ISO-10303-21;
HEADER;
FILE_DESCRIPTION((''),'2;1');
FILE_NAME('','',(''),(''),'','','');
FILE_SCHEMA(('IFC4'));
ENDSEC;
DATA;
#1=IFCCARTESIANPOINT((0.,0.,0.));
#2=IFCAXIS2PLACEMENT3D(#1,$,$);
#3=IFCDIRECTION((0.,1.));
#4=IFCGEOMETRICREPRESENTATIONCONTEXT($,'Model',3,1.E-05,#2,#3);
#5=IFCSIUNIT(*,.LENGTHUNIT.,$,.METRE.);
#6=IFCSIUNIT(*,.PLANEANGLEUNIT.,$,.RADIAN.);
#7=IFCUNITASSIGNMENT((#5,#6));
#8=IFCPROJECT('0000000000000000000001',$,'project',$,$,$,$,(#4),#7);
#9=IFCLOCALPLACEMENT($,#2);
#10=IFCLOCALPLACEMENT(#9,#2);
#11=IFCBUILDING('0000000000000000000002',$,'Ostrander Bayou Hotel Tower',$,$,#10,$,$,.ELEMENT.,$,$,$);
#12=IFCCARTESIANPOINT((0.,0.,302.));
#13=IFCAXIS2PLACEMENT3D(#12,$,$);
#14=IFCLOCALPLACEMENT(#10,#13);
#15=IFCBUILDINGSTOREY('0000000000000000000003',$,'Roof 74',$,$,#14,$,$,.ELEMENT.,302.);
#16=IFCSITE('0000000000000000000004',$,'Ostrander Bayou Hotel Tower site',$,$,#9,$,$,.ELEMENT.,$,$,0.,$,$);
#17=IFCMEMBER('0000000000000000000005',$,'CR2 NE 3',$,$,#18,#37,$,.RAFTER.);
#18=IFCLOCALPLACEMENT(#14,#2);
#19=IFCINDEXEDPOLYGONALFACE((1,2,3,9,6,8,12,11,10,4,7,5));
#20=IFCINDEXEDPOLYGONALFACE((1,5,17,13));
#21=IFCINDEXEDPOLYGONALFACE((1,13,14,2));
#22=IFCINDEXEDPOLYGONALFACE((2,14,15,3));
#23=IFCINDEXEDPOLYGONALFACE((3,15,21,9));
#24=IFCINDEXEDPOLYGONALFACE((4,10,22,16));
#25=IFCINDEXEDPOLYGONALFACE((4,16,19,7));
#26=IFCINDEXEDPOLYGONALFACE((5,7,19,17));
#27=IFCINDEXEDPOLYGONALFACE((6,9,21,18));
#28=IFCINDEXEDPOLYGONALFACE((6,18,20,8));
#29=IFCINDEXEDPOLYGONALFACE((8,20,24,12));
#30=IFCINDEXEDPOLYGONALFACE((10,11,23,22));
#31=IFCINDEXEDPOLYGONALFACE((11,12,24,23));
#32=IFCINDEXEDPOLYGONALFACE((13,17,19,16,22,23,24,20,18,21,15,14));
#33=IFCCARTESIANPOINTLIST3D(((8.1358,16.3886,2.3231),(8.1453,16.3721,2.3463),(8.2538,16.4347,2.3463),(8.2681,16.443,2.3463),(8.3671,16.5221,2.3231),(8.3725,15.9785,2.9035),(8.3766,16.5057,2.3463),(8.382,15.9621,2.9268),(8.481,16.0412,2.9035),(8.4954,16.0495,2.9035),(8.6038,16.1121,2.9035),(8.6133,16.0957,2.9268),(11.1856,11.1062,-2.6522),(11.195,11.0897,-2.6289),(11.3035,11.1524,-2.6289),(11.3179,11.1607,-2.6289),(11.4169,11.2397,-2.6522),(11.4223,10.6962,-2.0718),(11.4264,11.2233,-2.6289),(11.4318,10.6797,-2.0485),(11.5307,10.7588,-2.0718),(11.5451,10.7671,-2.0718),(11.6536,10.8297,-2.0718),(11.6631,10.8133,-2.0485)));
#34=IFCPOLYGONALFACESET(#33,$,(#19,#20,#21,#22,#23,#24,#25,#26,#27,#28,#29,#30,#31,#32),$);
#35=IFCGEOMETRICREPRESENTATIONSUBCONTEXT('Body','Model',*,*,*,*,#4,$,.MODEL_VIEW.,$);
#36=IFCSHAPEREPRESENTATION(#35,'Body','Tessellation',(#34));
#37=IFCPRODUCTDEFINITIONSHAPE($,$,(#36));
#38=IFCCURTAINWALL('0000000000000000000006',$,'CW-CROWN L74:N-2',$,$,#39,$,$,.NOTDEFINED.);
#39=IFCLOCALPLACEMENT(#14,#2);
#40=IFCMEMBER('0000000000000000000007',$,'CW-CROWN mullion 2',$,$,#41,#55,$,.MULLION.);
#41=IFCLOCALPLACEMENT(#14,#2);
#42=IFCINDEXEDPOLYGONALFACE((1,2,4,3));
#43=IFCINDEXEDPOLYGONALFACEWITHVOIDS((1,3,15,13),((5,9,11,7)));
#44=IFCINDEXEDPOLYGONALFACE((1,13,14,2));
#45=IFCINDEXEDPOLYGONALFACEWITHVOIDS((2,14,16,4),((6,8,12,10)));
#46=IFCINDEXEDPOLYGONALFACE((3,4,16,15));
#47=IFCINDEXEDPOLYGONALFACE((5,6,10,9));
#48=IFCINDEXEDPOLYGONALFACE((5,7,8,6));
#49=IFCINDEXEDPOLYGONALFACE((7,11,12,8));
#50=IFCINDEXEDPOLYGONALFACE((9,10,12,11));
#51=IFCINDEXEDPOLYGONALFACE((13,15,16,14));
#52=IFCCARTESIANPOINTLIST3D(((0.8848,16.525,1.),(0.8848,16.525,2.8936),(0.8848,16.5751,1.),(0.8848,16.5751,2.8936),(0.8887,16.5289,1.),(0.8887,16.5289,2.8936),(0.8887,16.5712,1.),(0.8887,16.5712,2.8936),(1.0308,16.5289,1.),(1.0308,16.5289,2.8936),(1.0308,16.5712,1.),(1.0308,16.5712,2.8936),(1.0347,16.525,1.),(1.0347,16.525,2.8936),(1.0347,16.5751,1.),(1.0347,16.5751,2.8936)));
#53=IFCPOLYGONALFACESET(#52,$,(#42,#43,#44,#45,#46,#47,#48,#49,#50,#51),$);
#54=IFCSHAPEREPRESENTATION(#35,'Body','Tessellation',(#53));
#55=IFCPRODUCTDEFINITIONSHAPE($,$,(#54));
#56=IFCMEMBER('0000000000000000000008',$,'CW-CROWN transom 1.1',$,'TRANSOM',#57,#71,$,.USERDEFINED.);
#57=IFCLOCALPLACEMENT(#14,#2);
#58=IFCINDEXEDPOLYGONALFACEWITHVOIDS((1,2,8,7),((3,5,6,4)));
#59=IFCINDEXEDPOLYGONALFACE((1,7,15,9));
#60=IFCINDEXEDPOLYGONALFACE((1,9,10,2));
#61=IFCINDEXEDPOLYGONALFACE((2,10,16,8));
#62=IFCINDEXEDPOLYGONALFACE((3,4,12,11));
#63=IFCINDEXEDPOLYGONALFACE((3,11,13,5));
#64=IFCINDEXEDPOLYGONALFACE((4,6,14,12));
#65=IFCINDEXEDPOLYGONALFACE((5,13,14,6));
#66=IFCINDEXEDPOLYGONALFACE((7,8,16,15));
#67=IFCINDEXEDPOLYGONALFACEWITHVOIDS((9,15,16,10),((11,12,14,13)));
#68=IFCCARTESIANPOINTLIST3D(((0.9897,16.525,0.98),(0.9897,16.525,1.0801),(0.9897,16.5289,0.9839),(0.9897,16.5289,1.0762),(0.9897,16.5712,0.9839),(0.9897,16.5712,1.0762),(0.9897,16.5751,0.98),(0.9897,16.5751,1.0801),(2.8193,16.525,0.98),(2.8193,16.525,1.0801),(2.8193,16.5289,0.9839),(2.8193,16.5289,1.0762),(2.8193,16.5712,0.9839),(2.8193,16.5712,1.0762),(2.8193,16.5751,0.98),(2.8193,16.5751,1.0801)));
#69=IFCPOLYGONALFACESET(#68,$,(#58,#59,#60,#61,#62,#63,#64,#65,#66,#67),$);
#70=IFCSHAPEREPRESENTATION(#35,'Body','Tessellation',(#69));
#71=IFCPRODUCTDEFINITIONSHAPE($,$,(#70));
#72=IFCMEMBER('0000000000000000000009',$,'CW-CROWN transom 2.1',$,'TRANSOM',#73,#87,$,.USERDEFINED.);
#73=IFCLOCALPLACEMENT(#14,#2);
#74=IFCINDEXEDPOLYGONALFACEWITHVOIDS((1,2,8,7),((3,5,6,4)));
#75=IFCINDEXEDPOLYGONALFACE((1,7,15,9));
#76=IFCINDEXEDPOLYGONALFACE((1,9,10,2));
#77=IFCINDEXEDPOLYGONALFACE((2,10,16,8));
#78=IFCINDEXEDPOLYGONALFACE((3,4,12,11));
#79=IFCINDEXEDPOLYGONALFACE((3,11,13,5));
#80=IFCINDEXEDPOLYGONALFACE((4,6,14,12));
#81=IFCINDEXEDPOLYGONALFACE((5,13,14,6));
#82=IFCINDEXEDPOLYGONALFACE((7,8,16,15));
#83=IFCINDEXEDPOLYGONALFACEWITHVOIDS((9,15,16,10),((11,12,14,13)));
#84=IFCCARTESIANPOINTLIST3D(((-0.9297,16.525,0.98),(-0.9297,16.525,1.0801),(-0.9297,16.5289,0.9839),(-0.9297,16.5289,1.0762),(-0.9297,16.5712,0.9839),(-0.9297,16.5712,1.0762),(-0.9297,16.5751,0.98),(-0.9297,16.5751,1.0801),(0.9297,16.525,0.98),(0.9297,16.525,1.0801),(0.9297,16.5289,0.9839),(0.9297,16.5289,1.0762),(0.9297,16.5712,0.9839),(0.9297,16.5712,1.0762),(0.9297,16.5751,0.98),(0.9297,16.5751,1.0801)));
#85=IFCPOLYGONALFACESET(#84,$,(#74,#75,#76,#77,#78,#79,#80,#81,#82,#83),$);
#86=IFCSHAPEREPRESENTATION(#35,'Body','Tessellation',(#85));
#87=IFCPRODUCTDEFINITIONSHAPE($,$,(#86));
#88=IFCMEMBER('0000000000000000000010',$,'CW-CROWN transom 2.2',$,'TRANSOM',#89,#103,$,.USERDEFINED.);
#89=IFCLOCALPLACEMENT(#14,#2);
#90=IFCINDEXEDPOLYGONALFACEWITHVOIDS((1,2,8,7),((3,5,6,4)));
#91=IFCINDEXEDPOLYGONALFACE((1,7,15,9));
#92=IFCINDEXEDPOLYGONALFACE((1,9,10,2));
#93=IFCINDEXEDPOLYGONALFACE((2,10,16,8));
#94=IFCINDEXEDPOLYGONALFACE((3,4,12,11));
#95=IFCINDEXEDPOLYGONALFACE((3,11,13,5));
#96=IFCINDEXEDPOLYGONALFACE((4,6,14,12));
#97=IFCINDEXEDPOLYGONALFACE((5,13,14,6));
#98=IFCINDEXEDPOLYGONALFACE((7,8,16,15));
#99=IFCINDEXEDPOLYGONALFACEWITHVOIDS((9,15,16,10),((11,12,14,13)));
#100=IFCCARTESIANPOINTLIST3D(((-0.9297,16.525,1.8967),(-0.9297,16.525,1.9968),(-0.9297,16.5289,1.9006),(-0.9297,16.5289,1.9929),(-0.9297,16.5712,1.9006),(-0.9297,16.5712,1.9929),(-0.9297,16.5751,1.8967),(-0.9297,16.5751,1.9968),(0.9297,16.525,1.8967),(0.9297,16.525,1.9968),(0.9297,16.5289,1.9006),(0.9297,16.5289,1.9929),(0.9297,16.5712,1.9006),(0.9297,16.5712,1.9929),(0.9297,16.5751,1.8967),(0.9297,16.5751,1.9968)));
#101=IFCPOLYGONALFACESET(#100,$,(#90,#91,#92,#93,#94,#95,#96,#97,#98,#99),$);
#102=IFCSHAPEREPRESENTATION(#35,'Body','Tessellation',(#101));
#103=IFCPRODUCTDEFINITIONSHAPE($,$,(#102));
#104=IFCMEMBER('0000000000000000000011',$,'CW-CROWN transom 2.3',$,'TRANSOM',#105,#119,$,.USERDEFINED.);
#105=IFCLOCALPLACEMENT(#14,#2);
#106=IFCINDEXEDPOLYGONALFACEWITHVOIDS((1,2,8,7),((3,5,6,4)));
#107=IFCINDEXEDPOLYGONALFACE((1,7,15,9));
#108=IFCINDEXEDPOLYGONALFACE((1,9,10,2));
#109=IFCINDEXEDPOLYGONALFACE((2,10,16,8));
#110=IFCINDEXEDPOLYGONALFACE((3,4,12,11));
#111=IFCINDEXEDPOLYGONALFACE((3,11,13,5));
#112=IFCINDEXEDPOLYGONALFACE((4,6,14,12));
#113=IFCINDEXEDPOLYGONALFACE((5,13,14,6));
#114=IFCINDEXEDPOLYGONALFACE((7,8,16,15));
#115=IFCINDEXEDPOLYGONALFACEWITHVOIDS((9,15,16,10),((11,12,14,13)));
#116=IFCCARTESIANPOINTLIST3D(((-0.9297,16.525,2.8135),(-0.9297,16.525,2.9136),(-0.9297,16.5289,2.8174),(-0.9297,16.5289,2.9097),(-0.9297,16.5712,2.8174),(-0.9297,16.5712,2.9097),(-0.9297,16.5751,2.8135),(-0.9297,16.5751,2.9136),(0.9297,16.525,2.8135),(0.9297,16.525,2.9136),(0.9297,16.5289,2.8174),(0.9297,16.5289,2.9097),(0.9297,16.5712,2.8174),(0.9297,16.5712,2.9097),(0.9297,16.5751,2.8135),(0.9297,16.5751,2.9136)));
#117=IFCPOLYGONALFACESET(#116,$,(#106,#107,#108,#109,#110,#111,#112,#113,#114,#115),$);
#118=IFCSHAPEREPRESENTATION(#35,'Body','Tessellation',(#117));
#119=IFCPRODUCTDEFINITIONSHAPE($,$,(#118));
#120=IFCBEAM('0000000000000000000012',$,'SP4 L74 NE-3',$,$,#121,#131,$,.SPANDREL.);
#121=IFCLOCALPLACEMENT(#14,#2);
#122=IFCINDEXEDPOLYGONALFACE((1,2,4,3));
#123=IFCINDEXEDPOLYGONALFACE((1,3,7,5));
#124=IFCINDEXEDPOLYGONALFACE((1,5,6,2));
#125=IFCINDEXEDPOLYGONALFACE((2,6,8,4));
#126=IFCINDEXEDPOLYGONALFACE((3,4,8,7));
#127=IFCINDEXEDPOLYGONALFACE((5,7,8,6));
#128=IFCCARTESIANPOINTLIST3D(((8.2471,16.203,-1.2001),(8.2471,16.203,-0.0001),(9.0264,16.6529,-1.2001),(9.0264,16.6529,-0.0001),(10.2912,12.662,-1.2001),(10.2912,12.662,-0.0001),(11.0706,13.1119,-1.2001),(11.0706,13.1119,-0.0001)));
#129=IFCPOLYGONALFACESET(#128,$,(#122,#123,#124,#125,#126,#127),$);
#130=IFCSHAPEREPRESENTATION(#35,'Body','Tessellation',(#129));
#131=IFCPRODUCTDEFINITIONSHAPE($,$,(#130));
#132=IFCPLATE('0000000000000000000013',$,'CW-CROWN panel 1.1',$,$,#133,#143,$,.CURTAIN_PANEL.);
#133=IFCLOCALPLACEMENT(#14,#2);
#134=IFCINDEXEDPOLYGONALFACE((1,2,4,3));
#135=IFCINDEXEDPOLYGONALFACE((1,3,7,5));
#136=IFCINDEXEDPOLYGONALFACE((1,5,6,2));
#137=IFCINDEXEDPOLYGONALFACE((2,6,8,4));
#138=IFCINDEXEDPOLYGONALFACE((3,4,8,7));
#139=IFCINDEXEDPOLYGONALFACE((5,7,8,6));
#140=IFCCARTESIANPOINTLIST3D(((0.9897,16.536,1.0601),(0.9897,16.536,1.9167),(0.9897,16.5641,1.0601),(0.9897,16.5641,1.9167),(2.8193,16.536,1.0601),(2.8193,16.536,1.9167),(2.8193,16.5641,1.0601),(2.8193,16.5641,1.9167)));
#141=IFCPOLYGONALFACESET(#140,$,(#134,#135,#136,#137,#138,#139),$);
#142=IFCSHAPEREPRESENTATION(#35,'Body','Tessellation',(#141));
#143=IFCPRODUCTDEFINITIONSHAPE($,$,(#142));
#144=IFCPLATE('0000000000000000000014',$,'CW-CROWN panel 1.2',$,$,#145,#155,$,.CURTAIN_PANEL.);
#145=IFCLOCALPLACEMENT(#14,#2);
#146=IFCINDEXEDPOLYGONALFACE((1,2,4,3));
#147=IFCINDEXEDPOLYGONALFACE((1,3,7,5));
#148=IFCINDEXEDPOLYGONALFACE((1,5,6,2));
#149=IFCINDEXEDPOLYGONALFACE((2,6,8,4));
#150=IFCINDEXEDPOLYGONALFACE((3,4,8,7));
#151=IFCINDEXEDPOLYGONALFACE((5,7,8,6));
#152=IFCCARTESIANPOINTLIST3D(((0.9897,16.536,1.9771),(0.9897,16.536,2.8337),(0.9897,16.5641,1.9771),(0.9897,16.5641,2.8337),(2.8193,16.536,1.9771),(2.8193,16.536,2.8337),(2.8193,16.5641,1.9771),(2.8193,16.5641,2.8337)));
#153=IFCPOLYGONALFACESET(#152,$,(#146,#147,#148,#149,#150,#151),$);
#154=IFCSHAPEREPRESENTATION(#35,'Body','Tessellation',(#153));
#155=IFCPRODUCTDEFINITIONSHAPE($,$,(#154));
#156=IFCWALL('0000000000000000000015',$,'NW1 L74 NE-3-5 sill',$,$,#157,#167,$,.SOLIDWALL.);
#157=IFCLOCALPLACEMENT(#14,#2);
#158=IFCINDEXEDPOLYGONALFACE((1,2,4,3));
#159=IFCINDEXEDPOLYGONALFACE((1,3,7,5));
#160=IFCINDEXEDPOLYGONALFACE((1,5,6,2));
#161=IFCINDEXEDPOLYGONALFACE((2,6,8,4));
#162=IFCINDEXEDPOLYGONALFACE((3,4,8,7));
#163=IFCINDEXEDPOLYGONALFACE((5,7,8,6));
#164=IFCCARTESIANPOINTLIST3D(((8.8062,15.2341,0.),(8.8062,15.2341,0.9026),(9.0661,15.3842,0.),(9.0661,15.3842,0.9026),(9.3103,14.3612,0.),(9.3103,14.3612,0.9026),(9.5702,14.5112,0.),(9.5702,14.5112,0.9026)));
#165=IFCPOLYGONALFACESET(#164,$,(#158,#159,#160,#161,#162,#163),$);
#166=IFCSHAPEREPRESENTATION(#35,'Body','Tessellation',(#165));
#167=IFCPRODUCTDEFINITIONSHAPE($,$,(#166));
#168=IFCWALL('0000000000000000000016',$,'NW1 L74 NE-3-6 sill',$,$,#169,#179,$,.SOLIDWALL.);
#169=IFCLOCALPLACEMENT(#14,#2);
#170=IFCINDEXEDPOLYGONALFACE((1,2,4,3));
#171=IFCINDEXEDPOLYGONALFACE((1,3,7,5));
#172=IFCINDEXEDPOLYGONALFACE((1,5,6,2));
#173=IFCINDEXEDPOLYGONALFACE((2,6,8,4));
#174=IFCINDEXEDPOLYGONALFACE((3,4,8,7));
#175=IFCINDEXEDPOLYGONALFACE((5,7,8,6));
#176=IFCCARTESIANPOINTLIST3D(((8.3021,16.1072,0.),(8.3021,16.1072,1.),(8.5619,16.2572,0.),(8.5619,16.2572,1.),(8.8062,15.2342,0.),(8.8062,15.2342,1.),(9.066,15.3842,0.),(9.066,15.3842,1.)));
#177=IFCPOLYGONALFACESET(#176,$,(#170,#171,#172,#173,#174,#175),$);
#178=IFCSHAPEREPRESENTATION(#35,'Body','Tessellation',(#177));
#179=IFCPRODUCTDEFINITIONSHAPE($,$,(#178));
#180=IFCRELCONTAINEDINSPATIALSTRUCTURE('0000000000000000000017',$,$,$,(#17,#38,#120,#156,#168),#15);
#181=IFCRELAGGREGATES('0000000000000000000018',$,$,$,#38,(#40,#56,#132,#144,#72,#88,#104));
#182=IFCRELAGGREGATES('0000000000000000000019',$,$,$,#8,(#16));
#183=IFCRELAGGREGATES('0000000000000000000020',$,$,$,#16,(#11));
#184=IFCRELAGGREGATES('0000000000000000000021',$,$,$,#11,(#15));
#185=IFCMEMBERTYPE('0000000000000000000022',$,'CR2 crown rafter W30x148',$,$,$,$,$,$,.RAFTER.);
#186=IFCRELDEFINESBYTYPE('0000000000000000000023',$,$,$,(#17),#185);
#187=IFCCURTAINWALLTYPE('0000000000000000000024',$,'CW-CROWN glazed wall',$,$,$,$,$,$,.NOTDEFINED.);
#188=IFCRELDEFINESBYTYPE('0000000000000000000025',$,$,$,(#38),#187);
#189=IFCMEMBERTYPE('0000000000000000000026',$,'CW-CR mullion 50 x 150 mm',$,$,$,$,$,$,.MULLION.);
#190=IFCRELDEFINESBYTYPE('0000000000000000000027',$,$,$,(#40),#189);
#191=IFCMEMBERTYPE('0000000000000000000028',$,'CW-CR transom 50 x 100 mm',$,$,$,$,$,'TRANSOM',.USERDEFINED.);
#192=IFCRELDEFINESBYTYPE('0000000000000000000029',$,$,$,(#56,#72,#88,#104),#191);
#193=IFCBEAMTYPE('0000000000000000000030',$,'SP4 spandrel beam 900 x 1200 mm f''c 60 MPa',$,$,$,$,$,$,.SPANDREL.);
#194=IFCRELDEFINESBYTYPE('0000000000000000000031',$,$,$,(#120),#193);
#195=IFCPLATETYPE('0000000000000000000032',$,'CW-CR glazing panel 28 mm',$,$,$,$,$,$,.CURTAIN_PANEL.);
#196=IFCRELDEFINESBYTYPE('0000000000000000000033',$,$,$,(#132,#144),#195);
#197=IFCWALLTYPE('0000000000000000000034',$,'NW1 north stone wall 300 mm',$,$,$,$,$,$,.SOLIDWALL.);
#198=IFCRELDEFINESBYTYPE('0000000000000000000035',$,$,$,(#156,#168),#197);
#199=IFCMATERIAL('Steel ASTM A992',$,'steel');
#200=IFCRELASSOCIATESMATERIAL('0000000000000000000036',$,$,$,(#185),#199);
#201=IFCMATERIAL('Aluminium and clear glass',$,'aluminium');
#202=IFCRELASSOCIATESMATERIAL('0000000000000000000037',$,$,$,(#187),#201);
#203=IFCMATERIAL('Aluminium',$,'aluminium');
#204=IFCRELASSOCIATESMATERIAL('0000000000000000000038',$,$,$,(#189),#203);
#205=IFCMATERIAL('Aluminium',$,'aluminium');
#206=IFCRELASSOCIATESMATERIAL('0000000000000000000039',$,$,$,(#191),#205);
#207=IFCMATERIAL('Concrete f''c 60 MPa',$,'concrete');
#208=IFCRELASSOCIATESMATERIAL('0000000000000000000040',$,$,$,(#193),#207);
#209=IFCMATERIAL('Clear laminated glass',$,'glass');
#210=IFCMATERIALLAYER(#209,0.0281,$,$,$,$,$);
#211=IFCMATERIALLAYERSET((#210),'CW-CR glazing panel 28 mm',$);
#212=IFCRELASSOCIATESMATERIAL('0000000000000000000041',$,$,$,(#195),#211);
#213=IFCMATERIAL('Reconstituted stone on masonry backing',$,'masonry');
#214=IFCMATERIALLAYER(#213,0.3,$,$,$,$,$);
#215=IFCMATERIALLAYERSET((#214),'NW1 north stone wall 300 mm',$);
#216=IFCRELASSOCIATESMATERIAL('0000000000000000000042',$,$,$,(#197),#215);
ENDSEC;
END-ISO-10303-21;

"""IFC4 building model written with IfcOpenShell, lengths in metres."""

from ifc_helpers import new_model, si_unit, direction, frame, frame_2d, origin, origin_2d, place, context, subcontext, project, spatial, rectangle, hollow_rectangle, i_section, extrude, material, layer, layer_set, material_profile, profile_set, type_object, element, aggregate, save


model = new_model("IFC4")

# Units and contexts
model_context = context("Model", 3, precision=1e-05, world=origin(), true_north=direction((0.0, 1.0)))
body_context = subcontext(model_context, "Body", "Model", "MODEL_VIEW")
ifc_project = project(units=[si_unit("LENGTHUNIT", "METRE"), si_unit("PLANEANGLEUNIT", "RADIAN")], contexts=[model_context])

# Site, building, storey
site_placement = place(None, origin())
site = spatial("IfcSite", under=ifc_project, at=site_placement, Name="Ostrander Bayou Hotel Tower site", CompositionType="ELEMENT", RefElevation=0.0)
building_placement = place(site_placement, origin())
building = spatial("IfcBuilding", under=site, at=building_placement, Name="Ostrander Bayou Hotel Tower", CompositionType="ELEMENT")
storey_placement = place(building_placement, frame((0.0, 0.0, 302.0)))
storey = spatial("IfcBuildingStorey", under=building, at=storey_placement, Name="Roof 74", CompositionType="ELEMENT", Elevation=302.0)

# Member
ifc_material_1 = material(Name="Steel ASTM A992", Category="steel")
ifc_material_profile_1 = material_profile(ifc_material_1, i_section(OverallWidth=0.2671, OverallDepth=0.7791, WebThickness=0.0166, FlangeThickness=0.03, at=origin_2d()))
ifc_profile_set_1 = profile_set([ifc_material_profile_1], Name="Steel ASTM A992")
member_type_1 = type_object("IfcMemberType", Name="CR2 crown rafter W30x148", PredefinedType="RAFTER", material=ifc_profile_set_1)
member_1_placement = place(storey_placement, frame((11.4243, 10.9597, -2.3503), z_axis=(-0.387451, 0.671092, 0.632074), x_axis=(-0.866028, -0.499996, 0.0)))
element("IfcMember", 1, at=member_1_placement, inside=storey, type_object=member_type_1, Name="CR2 NE 3", PredefinedType="RAFTER", context=body_context, shape_type="SweptSolid", body=[
    extrude(i_section(OverallWidth=0.2671, OverallDepth=0.7791, WebThickness=0.0166, FlangeThickness=0.03, at=origin_2d()), origin(), (0.0, 0.0, 1.0), 7.8713),
])

# Curtain wall, members
ifc_material_2 = material(Name="Aluminium and clear glass", Category="aluminium")
curtain_wall_type = type_object("IfcCurtainWallType", Name="CW-CROWN glazed wall", PredefinedType="NOTDEFINED", material=ifc_material_2)
curtain_wall_placement = place(storey_placement, origin())
curtain_wall = element("IfcCurtainWall", 2, at=curtain_wall_placement, inside=storey, type_object=curtain_wall_type, Name="CW-CROWN L74:N-2", PredefinedType="NOTDEFINED")
ifc_material_3 = material(Name="Aluminium", Category="aluminium")
ifc_material_profile_2 = material_profile(ifc_material_3, hollow_rectangle(XDim=0.05, YDim=0.1499, WallThickness=0.0039, at=origin_2d()))
ifc_profile_set_2 = profile_set([ifc_material_profile_2], Name="Aluminium")
member_type_2 = type_object("IfcMemberType", Name="CW-CR mullion 50 x 150 mm", PredefinedType="MULLION", material=ifc_profile_set_2)
member_2_placement = place(storey_placement, frame((0.9597, 16.55, 1.0), z_axis=(0.0, 0.0, 1.0), x_axis=(0.0, -1.0, 0.0)))
member_2 = element("IfcMember", 3, at=member_2_placement, type_object=member_type_2, Name="CW-CROWN mullion 2", PredefinedType="MULLION", context=body_context, shape_type="SweptSolid", body=[
    extrude(hollow_rectangle(XDim=0.05, YDim=0.1499, WallThickness=0.0039, at=origin_2d()), origin(), (0.0, 0.0, 1.0), 1.8936),
])
ifc_material_4 = material(Name="Aluminium", Category="aluminium")
ifc_material_profile_3 = material_profile(ifc_material_4, hollow_rectangle(XDim=0.05, YDim=0.1001, WallThickness=0.0039, at=origin_2d()))
ifc_profile_set_3 = profile_set([ifc_material_profile_3], Name="Aluminium")
member_type_3 = type_object("IfcMemberType", Name="CW-CR transom 50 x 100 mm", ElementType="TRANSOM", PredefinedType="USERDEFINED", material=ifc_profile_set_3)
member_3_placement = place(storey_placement, frame((2.8193, 16.55, 1.03), z_axis=(-1.0, 0.0, 0.0), x_axis=(0.0, -1.0, 0.0)))
member_3 = element("IfcMember", 4, at=member_3_placement, type_object=member_type_3, Name="CW-CROWN transom 1.1", ObjectType="TRANSOM", PredefinedType="USERDEFINED", context=body_context, shape_type="SweptSolid", body=[
    extrude(hollow_rectangle(XDim=0.05, YDim=0.1001, WallThickness=0.0039, at=origin_2d()), origin(), (0.0, 0.0, 1.0), 1.8296),
])
member_4_placement = place(storey_placement, frame((0.9297, 16.55, 1.03), z_axis=(-1.0, 0.0, 0.0), x_axis=(0.0, -1.0, 0.0)))
member_4 = element("IfcMember", 5, at=member_4_placement, type_object=member_type_3, Name="CW-CROWN transom 2.1", ObjectType="TRANSOM", PredefinedType="USERDEFINED", context=body_context, shape_type="SweptSolid", body=[
    extrude(hollow_rectangle(XDim=0.05, YDim=0.1001, WallThickness=0.0039, at=origin_2d()), origin(), (0.0, 0.0, 1.0), 1.8594),
])
member_5_placement = place(storey_placement, frame((0.9297, 16.55, 1.9468), z_axis=(-1.0, 0.0, 0.0), x_axis=(0.0, -1.0, 0.0)))
member_5 = element("IfcMember", 6, at=member_5_placement, type_object=member_type_3, Name="CW-CROWN transom 2.2", ObjectType="TRANSOM", PredefinedType="USERDEFINED", context=body_context, shape_type="SweptSolid", body=[
    extrude(hollow_rectangle(XDim=0.05, YDim=0.1001, WallThickness=0.0039, at=origin_2d()), origin(), (0.0, 0.0, 1.0), 1.8594),
])
member_6_placement = place(storey_placement, frame((0.9297, 16.55, 2.8635), z_axis=(-1.0, 0.0, 0.0), x_axis=(0.0, -1.0, 0.0)))
member_6 = element("IfcMember", 7, at=member_6_placement, type_object=member_type_3, Name="CW-CROWN transom 2.3", ObjectType="TRANSOM", PredefinedType="USERDEFINED", context=body_context, shape_type="SweptSolid", body=[
    extrude(hollow_rectangle(XDim=0.05, YDim=0.1001, WallThickness=0.0039, at=origin_2d()), origin(), (0.0, 0.0, 1.0), 1.8594),
])

# Beam
ifc_material_5 = material(Name="Concrete f'c 60 MPa", Category="concrete")
ifc_material_profile_4 = material_profile(ifc_material_5, rectangle(XDim=0.8999, YDim=1.2, at=origin_2d()))
ifc_profile_set_4 = profile_set([ifc_material_profile_4], Name="Concrete f'c 60 MPa")
beam_type = type_object("IfcBeamType", Name="SP4 spandrel beam 900 x 1200 mm f'c 60 MPa", PredefinedType="SPANDREL", material=ifc_profile_set_4)
beam_placement = place(storey_placement, frame((10.6809, 12.887, -0.6001), z_axis=(-0.49996, 0.866048, 0.0), x_axis=(-0.866048, -0.49996, 0.0)))
element("IfcBeam", 8, at=beam_placement, inside=storey, type_object=beam_type, Name="SP4 L74 NE-3", PredefinedType="SPANDREL", context=body_context, shape_type="SweptSolid", body=[
    extrude(rectangle(XDim=0.8999, YDim=1.2, at=origin_2d()), origin(), (0.0, 0.0, 1.0), 4.0886),
])

# Plates
ifc_material_6 = material(Name="Clear laminated glass", Category="glass")
ifc_layer_1 = layer(ifc_material_6, 0.0281)
ifc_layer_set_1 = layer_set([ifc_layer_1], Name="CW-CR glazing panel 28 mm")
plate_type = type_object("IfcPlateType", Name="CW-CR glazing panel 28 mm", PredefinedType="CURTAIN_PANEL", material=ifc_layer_set_1)
plate_1_placement = place(storey_placement, frame((1.9045, 16.55, 1.0601), z_axis=(0.0, 0.0, 1.0), x_axis=(-1.0, 0.0, 0.0)))
plate_1 = element("IfcPlate", 9, at=plate_1_placement, type_object=plate_type, Name="CW-CROWN panel 1.1", PredefinedType="CURTAIN_PANEL", context=body_context, shape_type="SweptSolid", body=[
    extrude(rectangle(XDim=1.8296, YDim=0.0281, at=origin_2d()), origin(), (0.0, 0.0, 1.0), 0.8567),
])
plate_2_placement = place(storey_placement, frame((1.9045, 16.55, 1.9771), z_axis=(0.0, 0.0, 1.0), x_axis=(-1.0, 0.0, 0.0)))
plate_2 = element("IfcPlate", 10, at=plate_2_placement, type_object=plate_type, Name="CW-CROWN panel 1.2", PredefinedType="CURTAIN_PANEL", context=body_context, shape_type="SweptSolid", body=[
    extrude(rectangle(XDim=1.8296, YDim=0.0281, at=origin_2d()), origin(), (0.0, 0.0, 1.0), 0.8567),
])
aggregate(curtain_wall, [member_2, member_3, plate_1, plate_2, member_4, member_5, member_6])

# Walls
ifc_material_7 = material(Name="Reconstituted stone on masonry backing", Category="masonry")
ifc_layer_2 = layer(ifc_material_7, 0.3)
ifc_layer_set_2 = layer_set([ifc_layer_2], Name="NW1 north stone wall 300 mm")
wall_type = type_object("IfcWallType", Name="NW1 north stone wall 300 mm", PredefinedType="SOLIDWALL", material=ifc_layer_set_2)
wall_1_placement = place(storey_placement, frame((9.4402, 14.4363, 0.0), z_axis=(0.0, 0.0, 1.0), x_axis=(-0.500072, 0.865984, 0.0)))
element("IfcWall", 11, at=wall_1_placement, inside=storey, type_object=wall_type, Name="NW1 L74 NE-3-5 sill", PredefinedType="SOLIDWALL", context=body_context, shape_type="SweptSolid", body=[
    extrude(rectangle(XDim=1.0081, YDim=0.3, at=frame_2d((0.5039, 0.0))), origin(), (0.0, 0.0, 1.0), 0.9026),
])
wall_2_placement = place(storey_placement, frame((8.936, 15.3093, 0.0), z_axis=(0.0, 0.0, 1.0), x_axis=(-0.500072, 0.865984, 0.0)))
element("IfcWall", 12, at=wall_2_placement, inside=storey, type_object=wall_type, Name="NW1 L74 NE-3-6 sill", PredefinedType="SOLIDWALL", context=body_context, shape_type="SweptSolid", body=[
    extrude(rectangle(XDim=1.0081, YDim=0.3, at=frame_2d((0.5039, 0.0))), origin(), (0.0, 0.0, 1.0), 1.0),
])

save(model, "model.ifc")
